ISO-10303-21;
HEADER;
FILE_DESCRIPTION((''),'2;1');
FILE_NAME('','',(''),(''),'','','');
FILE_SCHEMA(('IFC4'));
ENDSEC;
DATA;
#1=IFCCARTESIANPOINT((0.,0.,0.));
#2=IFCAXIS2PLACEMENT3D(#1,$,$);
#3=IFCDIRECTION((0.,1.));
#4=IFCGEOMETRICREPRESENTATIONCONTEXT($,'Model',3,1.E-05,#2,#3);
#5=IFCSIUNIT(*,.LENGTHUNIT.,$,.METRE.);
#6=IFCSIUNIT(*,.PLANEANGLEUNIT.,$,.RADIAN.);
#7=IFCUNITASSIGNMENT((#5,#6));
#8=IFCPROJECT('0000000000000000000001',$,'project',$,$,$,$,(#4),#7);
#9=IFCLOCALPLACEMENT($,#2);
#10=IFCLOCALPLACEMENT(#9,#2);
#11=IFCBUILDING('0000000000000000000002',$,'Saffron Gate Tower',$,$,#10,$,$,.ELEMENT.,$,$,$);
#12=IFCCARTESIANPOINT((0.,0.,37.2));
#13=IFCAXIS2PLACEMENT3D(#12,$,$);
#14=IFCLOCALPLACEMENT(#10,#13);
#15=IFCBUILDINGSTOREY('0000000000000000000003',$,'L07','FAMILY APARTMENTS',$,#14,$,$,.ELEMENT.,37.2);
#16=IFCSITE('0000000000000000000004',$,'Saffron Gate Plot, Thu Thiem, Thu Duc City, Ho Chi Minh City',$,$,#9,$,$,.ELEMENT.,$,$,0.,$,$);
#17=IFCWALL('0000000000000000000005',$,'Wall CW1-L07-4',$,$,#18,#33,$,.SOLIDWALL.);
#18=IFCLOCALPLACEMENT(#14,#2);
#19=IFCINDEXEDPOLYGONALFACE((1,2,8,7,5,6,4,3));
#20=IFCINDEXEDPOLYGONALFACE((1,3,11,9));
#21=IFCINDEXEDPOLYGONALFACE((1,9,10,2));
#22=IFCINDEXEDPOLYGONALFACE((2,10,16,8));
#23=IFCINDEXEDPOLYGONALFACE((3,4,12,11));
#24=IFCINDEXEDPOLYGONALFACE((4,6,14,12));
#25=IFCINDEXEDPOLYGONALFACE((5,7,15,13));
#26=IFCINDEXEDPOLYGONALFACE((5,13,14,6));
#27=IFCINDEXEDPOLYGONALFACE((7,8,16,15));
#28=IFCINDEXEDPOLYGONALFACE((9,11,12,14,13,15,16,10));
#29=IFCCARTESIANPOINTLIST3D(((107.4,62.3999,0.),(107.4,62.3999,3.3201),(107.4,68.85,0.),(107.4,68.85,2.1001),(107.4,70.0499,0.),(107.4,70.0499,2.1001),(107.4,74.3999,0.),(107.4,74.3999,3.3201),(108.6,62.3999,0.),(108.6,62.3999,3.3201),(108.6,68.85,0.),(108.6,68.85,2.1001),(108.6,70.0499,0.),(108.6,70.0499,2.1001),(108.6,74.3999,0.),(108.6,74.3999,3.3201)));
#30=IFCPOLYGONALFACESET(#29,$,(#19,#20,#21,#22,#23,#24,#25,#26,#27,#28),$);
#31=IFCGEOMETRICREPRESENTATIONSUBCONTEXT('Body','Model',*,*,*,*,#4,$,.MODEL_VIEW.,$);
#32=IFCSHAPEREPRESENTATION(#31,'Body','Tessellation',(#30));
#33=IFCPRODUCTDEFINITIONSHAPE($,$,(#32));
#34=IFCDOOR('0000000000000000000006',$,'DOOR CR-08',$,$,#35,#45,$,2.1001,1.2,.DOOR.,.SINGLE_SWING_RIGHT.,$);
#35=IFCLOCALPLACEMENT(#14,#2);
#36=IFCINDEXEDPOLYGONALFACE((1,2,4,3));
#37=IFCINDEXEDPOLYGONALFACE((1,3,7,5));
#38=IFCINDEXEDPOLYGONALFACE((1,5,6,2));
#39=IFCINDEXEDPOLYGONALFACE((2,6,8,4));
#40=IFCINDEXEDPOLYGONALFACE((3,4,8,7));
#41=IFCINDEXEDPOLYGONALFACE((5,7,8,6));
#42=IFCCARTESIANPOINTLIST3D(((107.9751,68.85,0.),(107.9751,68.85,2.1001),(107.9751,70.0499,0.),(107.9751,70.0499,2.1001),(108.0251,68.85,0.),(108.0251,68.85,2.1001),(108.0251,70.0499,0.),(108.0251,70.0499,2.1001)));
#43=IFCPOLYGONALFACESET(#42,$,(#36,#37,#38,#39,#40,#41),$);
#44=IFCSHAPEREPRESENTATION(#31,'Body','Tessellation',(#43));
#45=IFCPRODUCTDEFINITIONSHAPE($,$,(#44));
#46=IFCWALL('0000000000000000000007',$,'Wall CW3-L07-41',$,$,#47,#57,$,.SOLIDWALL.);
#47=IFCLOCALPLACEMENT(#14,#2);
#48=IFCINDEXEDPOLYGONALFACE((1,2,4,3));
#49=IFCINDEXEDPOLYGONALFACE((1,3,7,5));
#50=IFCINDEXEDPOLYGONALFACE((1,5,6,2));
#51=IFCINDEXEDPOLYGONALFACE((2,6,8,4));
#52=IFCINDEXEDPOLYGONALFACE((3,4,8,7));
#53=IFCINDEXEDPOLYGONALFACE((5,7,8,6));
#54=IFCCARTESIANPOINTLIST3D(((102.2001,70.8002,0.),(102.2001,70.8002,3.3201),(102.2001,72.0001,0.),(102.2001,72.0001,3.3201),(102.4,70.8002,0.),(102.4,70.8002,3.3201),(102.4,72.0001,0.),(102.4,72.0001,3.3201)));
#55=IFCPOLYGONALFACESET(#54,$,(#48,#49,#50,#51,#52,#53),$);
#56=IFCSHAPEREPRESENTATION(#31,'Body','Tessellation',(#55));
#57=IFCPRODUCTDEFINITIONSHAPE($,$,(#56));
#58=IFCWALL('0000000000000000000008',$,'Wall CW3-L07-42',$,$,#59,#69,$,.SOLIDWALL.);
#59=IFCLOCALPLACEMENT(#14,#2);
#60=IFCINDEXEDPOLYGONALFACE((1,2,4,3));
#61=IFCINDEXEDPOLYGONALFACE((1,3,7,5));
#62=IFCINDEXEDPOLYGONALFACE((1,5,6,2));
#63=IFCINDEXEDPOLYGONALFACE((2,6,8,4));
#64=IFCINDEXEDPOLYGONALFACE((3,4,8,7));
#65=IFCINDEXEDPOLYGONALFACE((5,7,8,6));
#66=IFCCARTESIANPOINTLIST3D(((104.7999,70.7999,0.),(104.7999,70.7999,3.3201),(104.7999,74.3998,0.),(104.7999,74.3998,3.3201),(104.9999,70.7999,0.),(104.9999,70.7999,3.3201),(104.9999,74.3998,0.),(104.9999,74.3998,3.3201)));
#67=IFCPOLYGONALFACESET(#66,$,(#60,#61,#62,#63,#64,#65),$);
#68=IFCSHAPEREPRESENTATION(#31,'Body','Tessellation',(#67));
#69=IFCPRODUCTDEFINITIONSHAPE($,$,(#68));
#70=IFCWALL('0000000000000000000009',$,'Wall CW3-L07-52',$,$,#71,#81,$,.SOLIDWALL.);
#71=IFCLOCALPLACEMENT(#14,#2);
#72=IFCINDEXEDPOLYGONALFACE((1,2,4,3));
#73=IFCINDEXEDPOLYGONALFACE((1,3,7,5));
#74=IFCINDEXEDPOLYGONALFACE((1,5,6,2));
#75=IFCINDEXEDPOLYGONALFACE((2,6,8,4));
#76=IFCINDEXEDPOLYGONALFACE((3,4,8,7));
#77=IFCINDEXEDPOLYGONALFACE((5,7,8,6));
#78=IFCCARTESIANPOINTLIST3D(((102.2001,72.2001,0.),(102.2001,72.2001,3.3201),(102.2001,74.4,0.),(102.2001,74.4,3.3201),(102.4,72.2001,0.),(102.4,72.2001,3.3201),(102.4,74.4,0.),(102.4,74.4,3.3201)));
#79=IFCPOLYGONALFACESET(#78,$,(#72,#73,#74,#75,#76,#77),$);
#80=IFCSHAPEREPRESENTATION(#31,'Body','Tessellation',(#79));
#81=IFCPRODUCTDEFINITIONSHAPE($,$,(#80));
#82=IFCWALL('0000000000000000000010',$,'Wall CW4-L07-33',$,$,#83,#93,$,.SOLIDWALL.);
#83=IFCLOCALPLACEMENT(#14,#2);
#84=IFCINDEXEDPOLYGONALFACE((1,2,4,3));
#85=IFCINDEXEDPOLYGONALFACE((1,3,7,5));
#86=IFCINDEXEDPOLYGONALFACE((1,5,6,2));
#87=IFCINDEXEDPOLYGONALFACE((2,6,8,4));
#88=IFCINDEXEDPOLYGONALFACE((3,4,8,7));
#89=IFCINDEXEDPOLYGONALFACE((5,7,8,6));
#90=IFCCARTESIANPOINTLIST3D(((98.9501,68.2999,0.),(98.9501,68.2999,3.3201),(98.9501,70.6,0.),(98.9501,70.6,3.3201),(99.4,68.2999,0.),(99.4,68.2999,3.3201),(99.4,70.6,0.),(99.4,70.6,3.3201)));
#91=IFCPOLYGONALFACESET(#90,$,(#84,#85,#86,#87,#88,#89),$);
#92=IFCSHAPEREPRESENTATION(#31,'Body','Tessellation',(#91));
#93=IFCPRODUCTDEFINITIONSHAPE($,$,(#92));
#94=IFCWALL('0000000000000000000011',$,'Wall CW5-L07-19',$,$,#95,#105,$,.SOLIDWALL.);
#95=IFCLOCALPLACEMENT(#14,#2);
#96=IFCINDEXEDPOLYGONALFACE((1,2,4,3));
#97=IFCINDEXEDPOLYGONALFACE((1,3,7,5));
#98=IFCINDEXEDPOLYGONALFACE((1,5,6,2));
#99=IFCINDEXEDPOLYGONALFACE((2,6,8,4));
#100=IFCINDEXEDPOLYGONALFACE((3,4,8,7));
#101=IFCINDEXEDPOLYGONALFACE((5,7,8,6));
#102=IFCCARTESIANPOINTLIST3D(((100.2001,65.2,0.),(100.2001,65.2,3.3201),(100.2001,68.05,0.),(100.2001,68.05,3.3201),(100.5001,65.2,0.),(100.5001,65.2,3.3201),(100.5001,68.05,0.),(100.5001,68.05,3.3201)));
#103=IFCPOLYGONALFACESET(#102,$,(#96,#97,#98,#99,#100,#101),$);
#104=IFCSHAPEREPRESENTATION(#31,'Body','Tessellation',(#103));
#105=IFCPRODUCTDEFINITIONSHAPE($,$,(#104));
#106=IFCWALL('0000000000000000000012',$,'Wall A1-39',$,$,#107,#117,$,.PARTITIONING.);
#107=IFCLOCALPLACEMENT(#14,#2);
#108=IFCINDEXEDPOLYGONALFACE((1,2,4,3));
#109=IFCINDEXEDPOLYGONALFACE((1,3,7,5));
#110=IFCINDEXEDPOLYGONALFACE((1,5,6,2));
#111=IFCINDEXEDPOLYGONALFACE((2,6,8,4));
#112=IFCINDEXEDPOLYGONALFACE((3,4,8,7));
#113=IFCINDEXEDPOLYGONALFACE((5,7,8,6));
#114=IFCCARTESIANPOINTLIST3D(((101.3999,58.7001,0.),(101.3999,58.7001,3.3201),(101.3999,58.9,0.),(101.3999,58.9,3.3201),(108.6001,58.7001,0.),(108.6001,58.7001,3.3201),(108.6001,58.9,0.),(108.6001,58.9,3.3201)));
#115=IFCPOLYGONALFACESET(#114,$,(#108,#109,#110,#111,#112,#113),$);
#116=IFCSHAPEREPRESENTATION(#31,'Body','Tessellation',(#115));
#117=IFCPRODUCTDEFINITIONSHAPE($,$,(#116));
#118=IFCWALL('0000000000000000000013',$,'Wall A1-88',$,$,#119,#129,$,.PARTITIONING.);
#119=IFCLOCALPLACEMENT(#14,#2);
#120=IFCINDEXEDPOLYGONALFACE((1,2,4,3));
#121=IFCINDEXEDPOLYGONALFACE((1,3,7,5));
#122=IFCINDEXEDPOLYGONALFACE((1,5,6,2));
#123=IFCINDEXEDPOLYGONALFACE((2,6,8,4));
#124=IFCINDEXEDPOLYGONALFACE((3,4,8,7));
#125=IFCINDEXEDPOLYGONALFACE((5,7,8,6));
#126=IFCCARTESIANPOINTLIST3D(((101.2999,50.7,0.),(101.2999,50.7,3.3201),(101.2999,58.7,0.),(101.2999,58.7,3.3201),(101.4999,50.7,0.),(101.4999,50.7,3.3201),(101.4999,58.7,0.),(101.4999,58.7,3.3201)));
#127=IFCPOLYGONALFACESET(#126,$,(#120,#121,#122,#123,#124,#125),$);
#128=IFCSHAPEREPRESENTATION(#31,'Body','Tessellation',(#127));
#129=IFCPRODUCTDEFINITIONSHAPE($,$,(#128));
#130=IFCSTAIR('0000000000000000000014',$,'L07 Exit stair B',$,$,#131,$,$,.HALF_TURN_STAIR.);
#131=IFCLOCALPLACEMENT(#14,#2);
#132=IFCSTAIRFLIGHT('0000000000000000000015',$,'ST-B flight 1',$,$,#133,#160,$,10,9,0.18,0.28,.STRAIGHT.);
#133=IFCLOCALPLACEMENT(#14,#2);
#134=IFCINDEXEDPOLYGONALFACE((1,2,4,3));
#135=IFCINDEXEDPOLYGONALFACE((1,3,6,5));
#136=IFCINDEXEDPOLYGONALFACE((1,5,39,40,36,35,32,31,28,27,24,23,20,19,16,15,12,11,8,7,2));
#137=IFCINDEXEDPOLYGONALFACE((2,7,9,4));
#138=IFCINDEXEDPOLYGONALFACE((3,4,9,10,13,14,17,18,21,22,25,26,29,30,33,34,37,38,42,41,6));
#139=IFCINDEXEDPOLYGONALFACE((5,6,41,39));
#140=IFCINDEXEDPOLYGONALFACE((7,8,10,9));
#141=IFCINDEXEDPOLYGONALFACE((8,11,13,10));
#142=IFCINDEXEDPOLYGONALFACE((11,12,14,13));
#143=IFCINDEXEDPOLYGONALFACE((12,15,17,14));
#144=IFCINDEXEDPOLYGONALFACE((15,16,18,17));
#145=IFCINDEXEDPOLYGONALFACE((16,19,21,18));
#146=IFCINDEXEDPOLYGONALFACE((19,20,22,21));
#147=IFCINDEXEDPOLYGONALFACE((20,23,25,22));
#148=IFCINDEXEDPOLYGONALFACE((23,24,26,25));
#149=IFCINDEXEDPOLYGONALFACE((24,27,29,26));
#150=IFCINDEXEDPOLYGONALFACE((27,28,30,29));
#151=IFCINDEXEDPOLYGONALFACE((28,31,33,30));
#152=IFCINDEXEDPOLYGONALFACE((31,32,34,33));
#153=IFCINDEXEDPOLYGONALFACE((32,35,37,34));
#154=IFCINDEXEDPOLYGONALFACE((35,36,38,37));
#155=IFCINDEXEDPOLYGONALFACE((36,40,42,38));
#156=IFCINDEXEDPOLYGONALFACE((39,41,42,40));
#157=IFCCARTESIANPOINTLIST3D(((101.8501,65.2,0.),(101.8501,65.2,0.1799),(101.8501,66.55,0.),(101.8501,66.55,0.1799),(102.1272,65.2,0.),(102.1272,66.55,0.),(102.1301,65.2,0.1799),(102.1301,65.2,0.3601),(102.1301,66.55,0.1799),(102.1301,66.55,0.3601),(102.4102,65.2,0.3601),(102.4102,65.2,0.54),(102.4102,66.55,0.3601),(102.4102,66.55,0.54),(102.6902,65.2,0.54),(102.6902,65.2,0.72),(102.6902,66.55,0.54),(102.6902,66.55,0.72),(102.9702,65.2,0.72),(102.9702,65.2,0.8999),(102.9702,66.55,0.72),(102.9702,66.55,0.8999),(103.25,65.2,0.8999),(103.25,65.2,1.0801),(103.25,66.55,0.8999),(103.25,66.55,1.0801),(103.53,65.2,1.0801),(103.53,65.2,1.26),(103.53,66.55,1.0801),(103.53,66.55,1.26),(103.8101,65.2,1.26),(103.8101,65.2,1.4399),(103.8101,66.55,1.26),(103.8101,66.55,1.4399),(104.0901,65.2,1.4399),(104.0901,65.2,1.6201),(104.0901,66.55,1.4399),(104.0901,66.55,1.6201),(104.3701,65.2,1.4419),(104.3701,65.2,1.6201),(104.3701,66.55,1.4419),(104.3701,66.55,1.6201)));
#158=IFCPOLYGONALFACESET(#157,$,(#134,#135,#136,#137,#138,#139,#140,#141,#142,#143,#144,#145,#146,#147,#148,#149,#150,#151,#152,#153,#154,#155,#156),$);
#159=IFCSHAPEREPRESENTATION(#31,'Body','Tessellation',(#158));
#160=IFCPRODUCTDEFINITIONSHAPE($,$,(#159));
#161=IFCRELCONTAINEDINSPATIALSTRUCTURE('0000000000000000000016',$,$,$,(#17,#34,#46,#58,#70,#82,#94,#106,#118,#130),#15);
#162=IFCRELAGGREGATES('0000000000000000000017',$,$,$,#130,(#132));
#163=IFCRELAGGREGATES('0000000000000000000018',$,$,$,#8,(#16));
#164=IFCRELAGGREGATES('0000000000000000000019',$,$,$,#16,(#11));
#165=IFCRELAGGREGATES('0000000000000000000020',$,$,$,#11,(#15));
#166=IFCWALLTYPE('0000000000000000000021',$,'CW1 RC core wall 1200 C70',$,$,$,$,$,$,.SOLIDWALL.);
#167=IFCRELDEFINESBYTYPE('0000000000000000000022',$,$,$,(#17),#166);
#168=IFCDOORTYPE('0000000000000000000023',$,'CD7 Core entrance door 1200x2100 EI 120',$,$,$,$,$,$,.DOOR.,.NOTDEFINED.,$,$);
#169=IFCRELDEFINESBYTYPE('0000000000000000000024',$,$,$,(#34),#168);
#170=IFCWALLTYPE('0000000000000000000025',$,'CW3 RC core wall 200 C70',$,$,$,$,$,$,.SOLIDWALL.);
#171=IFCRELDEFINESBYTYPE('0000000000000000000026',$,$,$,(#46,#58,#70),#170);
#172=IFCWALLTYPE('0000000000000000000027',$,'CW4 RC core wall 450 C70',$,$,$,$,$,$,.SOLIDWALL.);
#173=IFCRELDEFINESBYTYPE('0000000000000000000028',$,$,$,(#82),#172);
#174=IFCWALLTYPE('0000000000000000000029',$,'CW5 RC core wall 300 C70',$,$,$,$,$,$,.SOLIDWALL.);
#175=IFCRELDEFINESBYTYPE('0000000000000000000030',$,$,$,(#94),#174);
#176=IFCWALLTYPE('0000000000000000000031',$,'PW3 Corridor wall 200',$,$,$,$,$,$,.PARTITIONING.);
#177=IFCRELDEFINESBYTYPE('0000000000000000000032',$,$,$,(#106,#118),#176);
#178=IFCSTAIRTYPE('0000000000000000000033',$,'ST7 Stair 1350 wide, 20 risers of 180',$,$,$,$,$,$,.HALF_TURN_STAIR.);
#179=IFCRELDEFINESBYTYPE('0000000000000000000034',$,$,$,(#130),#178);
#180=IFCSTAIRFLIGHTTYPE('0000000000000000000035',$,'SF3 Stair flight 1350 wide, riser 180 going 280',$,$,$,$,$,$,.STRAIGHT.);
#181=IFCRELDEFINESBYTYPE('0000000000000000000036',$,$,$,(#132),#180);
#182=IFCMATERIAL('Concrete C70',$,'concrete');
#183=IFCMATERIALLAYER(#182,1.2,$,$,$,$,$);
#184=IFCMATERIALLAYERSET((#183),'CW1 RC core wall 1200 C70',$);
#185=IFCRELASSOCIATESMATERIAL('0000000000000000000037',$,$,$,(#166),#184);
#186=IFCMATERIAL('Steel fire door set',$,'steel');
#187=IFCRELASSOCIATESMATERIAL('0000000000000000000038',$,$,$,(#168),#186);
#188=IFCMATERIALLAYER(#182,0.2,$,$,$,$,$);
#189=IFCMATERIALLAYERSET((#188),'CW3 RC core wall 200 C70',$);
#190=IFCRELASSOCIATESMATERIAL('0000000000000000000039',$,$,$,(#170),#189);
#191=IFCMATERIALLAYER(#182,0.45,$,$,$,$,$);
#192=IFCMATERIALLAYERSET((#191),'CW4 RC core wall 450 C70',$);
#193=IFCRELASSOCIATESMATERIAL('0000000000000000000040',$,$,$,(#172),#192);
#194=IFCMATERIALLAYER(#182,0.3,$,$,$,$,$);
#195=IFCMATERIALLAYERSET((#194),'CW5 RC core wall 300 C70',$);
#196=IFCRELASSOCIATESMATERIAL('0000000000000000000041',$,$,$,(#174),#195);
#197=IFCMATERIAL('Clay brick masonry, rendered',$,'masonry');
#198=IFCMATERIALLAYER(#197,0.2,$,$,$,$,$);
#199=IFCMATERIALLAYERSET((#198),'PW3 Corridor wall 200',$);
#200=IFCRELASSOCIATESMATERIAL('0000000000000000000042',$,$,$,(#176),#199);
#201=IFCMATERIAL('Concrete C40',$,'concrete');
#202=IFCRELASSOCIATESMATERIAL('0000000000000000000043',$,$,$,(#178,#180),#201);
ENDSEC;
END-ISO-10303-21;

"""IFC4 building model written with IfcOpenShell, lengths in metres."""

from ifc_helpers import new_model, si_unit, direction, frame, frame_2d, origin, place, context, subcontext, project, spatial, polyline, rectangle, outline, extrude, material, layer, layer_set, type_object, element, fill, aggregate, save


model = new_model("IFC4")

# Units and contexts
model_context = context("Model", 3, precision=1e-05, world=origin(), true_north=direction((0.0, 1.0)))
body_context = subcontext(model_context, "Body", "Model", "MODEL_VIEW")
ifc_project = project(units=[si_unit("LENGTHUNIT", "METRE"), si_unit("PLANEANGLEUNIT", "RADIAN")], contexts=[model_context])

# Site, building, storey
site_placement = place(None, origin())
site = spatial("IfcSite", under=ifc_project, at=site_placement, Name="Saffron Gate Plot, Thu Thiem, Thu Duc City, Ho Chi Minh City", CompositionType="ELEMENT", RefElevation=0.0)
building_placement = place(site_placement, origin())
building = spatial("IfcBuilding", under=site, at=building_placement, Name="Saffron Gate Tower", CompositionType="ELEMENT")
storey_placement = place(building_placement, frame((0.0, 0.0, 37.2)))
storey = spatial("IfcBuildingStorey", under=building, at=storey_placement, Name="L07", Description="FAMILY APARTMENTS", CompositionType="ELEMENT", Elevation=37.2)

# Wall, opening, door
ifc_material_1 = material(Name="Concrete C70", Category="concrete")
ifc_layer_1 = layer(ifc_material_1, 1.2)
ifc_layer_set_1 = layer_set([ifc_layer_1], Name="CW1 RC core wall 1200 C70")
wall_type_1 = type_object("IfcWallType", Name="CW1 RC core wall 1200 C70", PredefinedType="SOLIDWALL", material=ifc_layer_set_1)
wall_1_placement = place(storey_placement, frame((108.0, 62.3999, 0.0), z_axis=(0.0, 0.0, 1.0), x_axis=(0.0, 1.0, 0.0)))
wall_1 = element("IfcWall", 1, at=wall_1_placement, inside=storey, type_object=wall_type_1, Name="Wall CW1-L07-4", PredefinedType="SOLIDWALL", context=body_context, shape_type="SweptSolid", body=[
    extrude(rectangle(XDim=12.0, YDim=1.2, at=frame_2d((6.0, 0.0))), origin(), (0.0, 0.0, 1.0), 3.3201),
])
opening_placement = place(wall_1_placement, frame((6.45, 0.0, 0.0)))
opening = element("IfcOpeningElement", 2, at=opening_placement, cuts=wall_1, PredefinedType="OPENING", context=body_context, shape_type="SweptSolid", body=[
    extrude(rectangle(XDim=1.2, YDim=2.1001, at=frame_2d((0.6001, 1.05))), frame((0.0, 0.6099, 0.0), z_axis=(0.0, -1.0, 0.0), x_axis=(1.0, 0.0, 0.0)), (0.0, 0.0, 1.0), 1.22),
])
ifc_material_2 = material(Name="Steel fire door set", Category="steel")
door_type = type_object("IfcDoorType", Name="CD7 Core entrance door 1200x2100 EI 120", OperationType="NOTDEFINED", PredefinedType="DOOR", material=ifc_material_2)
door_placement = place(opening_placement, origin())
door = element("IfcDoor", 3, at=door_placement, inside=storey, type_object=door_type, Name="DOOR CR-08", OperationType="SINGLE_SWING_RIGHT", OverallHeight=2.1001, OverallWidth=1.2, PredefinedType="DOOR", context=body_context, shape_type="SweptSolid", body=[
    extrude(rectangle(XDim=1.2, YDim=2.1001, at=frame_2d((0.6001, 1.05))), frame((0.0, 0.0249, 0.0), z_axis=(0.0, -1.0, 0.0), x_axis=(1.0, 0.0, 0.0)), (0.0, 0.0, 1.0), 0.05),
])
fill(opening, door)

# Walls
ifc_layer_2 = layer(ifc_material_1, 0.2)
ifc_layer_set_2 = layer_set([ifc_layer_2], Name="CW3 RC core wall 200 C70")
wall_type_2 = type_object("IfcWallType", Name="CW3 RC core wall 200 C70", PredefinedType="SOLIDWALL", material=ifc_layer_set_2)
wall_2_placement = place(storey_placement, frame((102.3, 70.8, 0.0), z_axis=(0.0, 0.0, 1.0), x_axis=(0.0, 1.0, 0.0)))
element("IfcWall", 4, at=wall_2_placement, inside=storey, type_object=wall_type_2, Name="Wall CW3-L07-41", PredefinedType="SOLIDWALL", context=body_context, shape_type="SweptSolid", body=[
    extrude(rectangle(XDim=1.2, YDim=0.2, at=frame_2d((0.6001, 0.0))), origin(), (0.0, 0.0, 1.0), 3.3201),
])
wall_3_placement = place(storey_placement, frame((104.8999, 70.8, 0.0), z_axis=(0.0, 0.0, 1.0), x_axis=(0.0, 1.0, 0.0)))
element("IfcWall", 5, at=wall_3_placement, inside=storey, type_object=wall_type_2, Name="Wall CW3-L07-42", PredefinedType="SOLIDWALL", context=body_context, shape_type="SweptSolid", body=[
    extrude(rectangle(XDim=3.5999, YDim=0.2, at=frame_2d((1.7998, 0.0))), origin(), (0.0, 0.0, 1.0), 3.3201),
])
wall_4_placement = place(storey_placement, frame((102.3, 72.2, 0.0), z_axis=(0.0, 0.0, 1.0), x_axis=(0.0, 1.0, 0.0)))
element("IfcWall", 6, at=wall_4_placement, inside=storey, type_object=wall_type_2, Name="Wall CW3-L07-52", PredefinedType="SOLIDWALL", context=body_context, shape_type="SweptSolid", body=[
    extrude(rectangle(XDim=2.2, YDim=0.2, at=frame_2d((1.1001, 0.0))), origin(), (0.0, 0.0, 1.0), 3.3201),
])
ifc_layer_3 = layer(ifc_material_1, 0.45)
ifc_layer_set_3 = layer_set([ifc_layer_3], Name="CW4 RC core wall 450 C70")
wall_type_3 = type_object("IfcWallType", Name="CW4 RC core wall 450 C70", PredefinedType="SOLIDWALL", material=ifc_layer_set_3)
wall_5_placement = place(storey_placement, frame((99.175, 68.3, 0.0), z_axis=(0.0, 0.0, 1.0), x_axis=(0.0, 1.0, 0.0)))
element("IfcWall", 7, at=wall_5_placement, inside=storey, type_object=wall_type_3, Name="Wall CW4-L07-33", PredefinedType="SOLIDWALL", context=body_context, shape_type="SweptSolid", body=[
    extrude(rectangle(XDim=2.3, YDim=0.45, at=frame_2d((1.1499, 0.0))), origin(), (0.0, 0.0, 1.0), 3.3201),
])
ifc_layer_4 = layer(ifc_material_1, 0.3)
ifc_layer_set_4 = layer_set([ifc_layer_4], Name="CW5 RC core wall 300 C70")
wall_type_4 = type_object("IfcWallType", Name="CW5 RC core wall 300 C70", PredefinedType="SOLIDWALL", material=ifc_layer_set_4)
wall_6_placement = place(storey_placement, frame((100.3501, 65.2, 0.0), z_axis=(0.0, 0.0, 1.0), x_axis=(0.0, 1.0, 0.0)))
element("IfcWall", 8, at=wall_6_placement, inside=storey, type_object=wall_type_4, Name="Wall CW5-L07-19", PredefinedType="SOLIDWALL", context=body_context, shape_type="SweptSolid", body=[
    extrude(rectangle(XDim=2.8501, YDim=0.3, at=frame_2d((1.425, 0.0))), origin(), (0.0, 0.0, 1.0), 3.3201),
])
ifc_material_3 = material(Name="Clay brick masonry, rendered", Category="masonry")
ifc_layer_5 = layer(ifc_material_3, 0.2)
ifc_layer_set_5 = layer_set([ifc_layer_5], Name="PW3 Corridor wall 200")
wall_type_5 = type_object("IfcWallType", Name="PW3 Corridor wall 200", PredefinedType="PARTITIONING", material=ifc_layer_set_5)
wall_7_placement = place(storey_placement, frame((101.3999, 58.8, 0.0), z_axis=(0.0, 0.0, 1.0), x_axis=(1.0, 0.0, 0.0)))
element("IfcWall", 9, at=wall_7_placement, inside=storey, type_object=wall_type_5, Name="Wall A1-39", PredefinedType="PARTITIONING", context=body_context, shape_type="SweptSolid", body=[
    extrude(rectangle(XDim=7.2002, YDim=0.2, at=frame_2d((3.6001, 0.0))), origin(), (0.0, 0.0, 1.0), 3.3201),
])
wall_8_placement = place(storey_placement, frame((101.3999, 58.7, 0.0), z_axis=(0.0, 0.0, 1.0), x_axis=(0.0, -1.0, 0.0)))
element("IfcWall", 10, at=wall_8_placement, inside=storey, type_object=wall_type_5, Name="Wall A1-88", PredefinedType="PARTITIONING", context=body_context, shape_type="SweptSolid", body=[
    extrude(rectangle(XDim=8.0, YDim=0.2, at=frame_2d((4.0, 0.0))), origin(), (0.0, 0.0, 1.0), 3.3201),
])

# Stair, stair flight
ifc_material_4 = material(Name="Concrete C40", Category="concrete")
stair_type = type_object("IfcStairType", Name="ST7 Stair 1350 wide, 20 risers of 180", PredefinedType="HALF_TURN_STAIR", material=ifc_material_4)
stair_placement = place(storey_placement, origin())
stair = element("IfcStair", 11, at=stair_placement, inside=storey, type_object=stair_type, Name="L07 Exit stair B", PredefinedType="HALF_TURN_STAIR")
stair_flight_type = type_object("IfcStairFlightType", Name="SF3 Stair flight 1350 wide, riser 180 going 280", PredefinedType="STRAIGHT", material=ifc_material_4)
stair_flight_1_placement = place(storey_placement, frame((101.8501, 65.875, 0.0), z_axis=(0.0, 0.0, 1.0), x_axis=(1.0, 0.0, 0.0)))
stair_flight_1 = element("IfcStairFlight", 12, at=stair_flight_1_placement, type_object=stair_flight_type, Name="ST-B flight 1", NumberOfRisers=10, NumberOfTreads=9, PredefinedType="STRAIGHT", RiserHeight=0.18, TreadLength=0.28, context=body_context, shape_type="SweptSolid", body=[
    extrude(outline(polyline([(0.0, 0.0), (0.0, 0.1799), (0.28, 0.1799), (0.28, 0.3601), (0.5601, 0.3601), (0.5601, 0.54), (0.8401, 0.54), (0.8401, 0.72), (1.1201, 0.72), (1.1201, 0.8999), (1.3999, 0.8999), (1.3999, 1.0801), (1.6799, 1.0801), (1.6799, 1.26), (1.96, 1.26), (1.96, 1.4399), (2.24, 1.4399), (2.24, 1.6201), (2.52, 1.6201), (2.52, 1.8), (2.52, 1.4419), (0.2771, 0.0), (0.0, 0.0)])), frame((0.0, 0.675, 0.0), z_axis=(0.0, -1.0, 0.0), x_axis=(1.0, 0.0, 0.0)), (0.0, 0.0, 1.0), 1.3501),
])
aggregate(stair, [stair_flight_1])

save(model, "model.ifc")
